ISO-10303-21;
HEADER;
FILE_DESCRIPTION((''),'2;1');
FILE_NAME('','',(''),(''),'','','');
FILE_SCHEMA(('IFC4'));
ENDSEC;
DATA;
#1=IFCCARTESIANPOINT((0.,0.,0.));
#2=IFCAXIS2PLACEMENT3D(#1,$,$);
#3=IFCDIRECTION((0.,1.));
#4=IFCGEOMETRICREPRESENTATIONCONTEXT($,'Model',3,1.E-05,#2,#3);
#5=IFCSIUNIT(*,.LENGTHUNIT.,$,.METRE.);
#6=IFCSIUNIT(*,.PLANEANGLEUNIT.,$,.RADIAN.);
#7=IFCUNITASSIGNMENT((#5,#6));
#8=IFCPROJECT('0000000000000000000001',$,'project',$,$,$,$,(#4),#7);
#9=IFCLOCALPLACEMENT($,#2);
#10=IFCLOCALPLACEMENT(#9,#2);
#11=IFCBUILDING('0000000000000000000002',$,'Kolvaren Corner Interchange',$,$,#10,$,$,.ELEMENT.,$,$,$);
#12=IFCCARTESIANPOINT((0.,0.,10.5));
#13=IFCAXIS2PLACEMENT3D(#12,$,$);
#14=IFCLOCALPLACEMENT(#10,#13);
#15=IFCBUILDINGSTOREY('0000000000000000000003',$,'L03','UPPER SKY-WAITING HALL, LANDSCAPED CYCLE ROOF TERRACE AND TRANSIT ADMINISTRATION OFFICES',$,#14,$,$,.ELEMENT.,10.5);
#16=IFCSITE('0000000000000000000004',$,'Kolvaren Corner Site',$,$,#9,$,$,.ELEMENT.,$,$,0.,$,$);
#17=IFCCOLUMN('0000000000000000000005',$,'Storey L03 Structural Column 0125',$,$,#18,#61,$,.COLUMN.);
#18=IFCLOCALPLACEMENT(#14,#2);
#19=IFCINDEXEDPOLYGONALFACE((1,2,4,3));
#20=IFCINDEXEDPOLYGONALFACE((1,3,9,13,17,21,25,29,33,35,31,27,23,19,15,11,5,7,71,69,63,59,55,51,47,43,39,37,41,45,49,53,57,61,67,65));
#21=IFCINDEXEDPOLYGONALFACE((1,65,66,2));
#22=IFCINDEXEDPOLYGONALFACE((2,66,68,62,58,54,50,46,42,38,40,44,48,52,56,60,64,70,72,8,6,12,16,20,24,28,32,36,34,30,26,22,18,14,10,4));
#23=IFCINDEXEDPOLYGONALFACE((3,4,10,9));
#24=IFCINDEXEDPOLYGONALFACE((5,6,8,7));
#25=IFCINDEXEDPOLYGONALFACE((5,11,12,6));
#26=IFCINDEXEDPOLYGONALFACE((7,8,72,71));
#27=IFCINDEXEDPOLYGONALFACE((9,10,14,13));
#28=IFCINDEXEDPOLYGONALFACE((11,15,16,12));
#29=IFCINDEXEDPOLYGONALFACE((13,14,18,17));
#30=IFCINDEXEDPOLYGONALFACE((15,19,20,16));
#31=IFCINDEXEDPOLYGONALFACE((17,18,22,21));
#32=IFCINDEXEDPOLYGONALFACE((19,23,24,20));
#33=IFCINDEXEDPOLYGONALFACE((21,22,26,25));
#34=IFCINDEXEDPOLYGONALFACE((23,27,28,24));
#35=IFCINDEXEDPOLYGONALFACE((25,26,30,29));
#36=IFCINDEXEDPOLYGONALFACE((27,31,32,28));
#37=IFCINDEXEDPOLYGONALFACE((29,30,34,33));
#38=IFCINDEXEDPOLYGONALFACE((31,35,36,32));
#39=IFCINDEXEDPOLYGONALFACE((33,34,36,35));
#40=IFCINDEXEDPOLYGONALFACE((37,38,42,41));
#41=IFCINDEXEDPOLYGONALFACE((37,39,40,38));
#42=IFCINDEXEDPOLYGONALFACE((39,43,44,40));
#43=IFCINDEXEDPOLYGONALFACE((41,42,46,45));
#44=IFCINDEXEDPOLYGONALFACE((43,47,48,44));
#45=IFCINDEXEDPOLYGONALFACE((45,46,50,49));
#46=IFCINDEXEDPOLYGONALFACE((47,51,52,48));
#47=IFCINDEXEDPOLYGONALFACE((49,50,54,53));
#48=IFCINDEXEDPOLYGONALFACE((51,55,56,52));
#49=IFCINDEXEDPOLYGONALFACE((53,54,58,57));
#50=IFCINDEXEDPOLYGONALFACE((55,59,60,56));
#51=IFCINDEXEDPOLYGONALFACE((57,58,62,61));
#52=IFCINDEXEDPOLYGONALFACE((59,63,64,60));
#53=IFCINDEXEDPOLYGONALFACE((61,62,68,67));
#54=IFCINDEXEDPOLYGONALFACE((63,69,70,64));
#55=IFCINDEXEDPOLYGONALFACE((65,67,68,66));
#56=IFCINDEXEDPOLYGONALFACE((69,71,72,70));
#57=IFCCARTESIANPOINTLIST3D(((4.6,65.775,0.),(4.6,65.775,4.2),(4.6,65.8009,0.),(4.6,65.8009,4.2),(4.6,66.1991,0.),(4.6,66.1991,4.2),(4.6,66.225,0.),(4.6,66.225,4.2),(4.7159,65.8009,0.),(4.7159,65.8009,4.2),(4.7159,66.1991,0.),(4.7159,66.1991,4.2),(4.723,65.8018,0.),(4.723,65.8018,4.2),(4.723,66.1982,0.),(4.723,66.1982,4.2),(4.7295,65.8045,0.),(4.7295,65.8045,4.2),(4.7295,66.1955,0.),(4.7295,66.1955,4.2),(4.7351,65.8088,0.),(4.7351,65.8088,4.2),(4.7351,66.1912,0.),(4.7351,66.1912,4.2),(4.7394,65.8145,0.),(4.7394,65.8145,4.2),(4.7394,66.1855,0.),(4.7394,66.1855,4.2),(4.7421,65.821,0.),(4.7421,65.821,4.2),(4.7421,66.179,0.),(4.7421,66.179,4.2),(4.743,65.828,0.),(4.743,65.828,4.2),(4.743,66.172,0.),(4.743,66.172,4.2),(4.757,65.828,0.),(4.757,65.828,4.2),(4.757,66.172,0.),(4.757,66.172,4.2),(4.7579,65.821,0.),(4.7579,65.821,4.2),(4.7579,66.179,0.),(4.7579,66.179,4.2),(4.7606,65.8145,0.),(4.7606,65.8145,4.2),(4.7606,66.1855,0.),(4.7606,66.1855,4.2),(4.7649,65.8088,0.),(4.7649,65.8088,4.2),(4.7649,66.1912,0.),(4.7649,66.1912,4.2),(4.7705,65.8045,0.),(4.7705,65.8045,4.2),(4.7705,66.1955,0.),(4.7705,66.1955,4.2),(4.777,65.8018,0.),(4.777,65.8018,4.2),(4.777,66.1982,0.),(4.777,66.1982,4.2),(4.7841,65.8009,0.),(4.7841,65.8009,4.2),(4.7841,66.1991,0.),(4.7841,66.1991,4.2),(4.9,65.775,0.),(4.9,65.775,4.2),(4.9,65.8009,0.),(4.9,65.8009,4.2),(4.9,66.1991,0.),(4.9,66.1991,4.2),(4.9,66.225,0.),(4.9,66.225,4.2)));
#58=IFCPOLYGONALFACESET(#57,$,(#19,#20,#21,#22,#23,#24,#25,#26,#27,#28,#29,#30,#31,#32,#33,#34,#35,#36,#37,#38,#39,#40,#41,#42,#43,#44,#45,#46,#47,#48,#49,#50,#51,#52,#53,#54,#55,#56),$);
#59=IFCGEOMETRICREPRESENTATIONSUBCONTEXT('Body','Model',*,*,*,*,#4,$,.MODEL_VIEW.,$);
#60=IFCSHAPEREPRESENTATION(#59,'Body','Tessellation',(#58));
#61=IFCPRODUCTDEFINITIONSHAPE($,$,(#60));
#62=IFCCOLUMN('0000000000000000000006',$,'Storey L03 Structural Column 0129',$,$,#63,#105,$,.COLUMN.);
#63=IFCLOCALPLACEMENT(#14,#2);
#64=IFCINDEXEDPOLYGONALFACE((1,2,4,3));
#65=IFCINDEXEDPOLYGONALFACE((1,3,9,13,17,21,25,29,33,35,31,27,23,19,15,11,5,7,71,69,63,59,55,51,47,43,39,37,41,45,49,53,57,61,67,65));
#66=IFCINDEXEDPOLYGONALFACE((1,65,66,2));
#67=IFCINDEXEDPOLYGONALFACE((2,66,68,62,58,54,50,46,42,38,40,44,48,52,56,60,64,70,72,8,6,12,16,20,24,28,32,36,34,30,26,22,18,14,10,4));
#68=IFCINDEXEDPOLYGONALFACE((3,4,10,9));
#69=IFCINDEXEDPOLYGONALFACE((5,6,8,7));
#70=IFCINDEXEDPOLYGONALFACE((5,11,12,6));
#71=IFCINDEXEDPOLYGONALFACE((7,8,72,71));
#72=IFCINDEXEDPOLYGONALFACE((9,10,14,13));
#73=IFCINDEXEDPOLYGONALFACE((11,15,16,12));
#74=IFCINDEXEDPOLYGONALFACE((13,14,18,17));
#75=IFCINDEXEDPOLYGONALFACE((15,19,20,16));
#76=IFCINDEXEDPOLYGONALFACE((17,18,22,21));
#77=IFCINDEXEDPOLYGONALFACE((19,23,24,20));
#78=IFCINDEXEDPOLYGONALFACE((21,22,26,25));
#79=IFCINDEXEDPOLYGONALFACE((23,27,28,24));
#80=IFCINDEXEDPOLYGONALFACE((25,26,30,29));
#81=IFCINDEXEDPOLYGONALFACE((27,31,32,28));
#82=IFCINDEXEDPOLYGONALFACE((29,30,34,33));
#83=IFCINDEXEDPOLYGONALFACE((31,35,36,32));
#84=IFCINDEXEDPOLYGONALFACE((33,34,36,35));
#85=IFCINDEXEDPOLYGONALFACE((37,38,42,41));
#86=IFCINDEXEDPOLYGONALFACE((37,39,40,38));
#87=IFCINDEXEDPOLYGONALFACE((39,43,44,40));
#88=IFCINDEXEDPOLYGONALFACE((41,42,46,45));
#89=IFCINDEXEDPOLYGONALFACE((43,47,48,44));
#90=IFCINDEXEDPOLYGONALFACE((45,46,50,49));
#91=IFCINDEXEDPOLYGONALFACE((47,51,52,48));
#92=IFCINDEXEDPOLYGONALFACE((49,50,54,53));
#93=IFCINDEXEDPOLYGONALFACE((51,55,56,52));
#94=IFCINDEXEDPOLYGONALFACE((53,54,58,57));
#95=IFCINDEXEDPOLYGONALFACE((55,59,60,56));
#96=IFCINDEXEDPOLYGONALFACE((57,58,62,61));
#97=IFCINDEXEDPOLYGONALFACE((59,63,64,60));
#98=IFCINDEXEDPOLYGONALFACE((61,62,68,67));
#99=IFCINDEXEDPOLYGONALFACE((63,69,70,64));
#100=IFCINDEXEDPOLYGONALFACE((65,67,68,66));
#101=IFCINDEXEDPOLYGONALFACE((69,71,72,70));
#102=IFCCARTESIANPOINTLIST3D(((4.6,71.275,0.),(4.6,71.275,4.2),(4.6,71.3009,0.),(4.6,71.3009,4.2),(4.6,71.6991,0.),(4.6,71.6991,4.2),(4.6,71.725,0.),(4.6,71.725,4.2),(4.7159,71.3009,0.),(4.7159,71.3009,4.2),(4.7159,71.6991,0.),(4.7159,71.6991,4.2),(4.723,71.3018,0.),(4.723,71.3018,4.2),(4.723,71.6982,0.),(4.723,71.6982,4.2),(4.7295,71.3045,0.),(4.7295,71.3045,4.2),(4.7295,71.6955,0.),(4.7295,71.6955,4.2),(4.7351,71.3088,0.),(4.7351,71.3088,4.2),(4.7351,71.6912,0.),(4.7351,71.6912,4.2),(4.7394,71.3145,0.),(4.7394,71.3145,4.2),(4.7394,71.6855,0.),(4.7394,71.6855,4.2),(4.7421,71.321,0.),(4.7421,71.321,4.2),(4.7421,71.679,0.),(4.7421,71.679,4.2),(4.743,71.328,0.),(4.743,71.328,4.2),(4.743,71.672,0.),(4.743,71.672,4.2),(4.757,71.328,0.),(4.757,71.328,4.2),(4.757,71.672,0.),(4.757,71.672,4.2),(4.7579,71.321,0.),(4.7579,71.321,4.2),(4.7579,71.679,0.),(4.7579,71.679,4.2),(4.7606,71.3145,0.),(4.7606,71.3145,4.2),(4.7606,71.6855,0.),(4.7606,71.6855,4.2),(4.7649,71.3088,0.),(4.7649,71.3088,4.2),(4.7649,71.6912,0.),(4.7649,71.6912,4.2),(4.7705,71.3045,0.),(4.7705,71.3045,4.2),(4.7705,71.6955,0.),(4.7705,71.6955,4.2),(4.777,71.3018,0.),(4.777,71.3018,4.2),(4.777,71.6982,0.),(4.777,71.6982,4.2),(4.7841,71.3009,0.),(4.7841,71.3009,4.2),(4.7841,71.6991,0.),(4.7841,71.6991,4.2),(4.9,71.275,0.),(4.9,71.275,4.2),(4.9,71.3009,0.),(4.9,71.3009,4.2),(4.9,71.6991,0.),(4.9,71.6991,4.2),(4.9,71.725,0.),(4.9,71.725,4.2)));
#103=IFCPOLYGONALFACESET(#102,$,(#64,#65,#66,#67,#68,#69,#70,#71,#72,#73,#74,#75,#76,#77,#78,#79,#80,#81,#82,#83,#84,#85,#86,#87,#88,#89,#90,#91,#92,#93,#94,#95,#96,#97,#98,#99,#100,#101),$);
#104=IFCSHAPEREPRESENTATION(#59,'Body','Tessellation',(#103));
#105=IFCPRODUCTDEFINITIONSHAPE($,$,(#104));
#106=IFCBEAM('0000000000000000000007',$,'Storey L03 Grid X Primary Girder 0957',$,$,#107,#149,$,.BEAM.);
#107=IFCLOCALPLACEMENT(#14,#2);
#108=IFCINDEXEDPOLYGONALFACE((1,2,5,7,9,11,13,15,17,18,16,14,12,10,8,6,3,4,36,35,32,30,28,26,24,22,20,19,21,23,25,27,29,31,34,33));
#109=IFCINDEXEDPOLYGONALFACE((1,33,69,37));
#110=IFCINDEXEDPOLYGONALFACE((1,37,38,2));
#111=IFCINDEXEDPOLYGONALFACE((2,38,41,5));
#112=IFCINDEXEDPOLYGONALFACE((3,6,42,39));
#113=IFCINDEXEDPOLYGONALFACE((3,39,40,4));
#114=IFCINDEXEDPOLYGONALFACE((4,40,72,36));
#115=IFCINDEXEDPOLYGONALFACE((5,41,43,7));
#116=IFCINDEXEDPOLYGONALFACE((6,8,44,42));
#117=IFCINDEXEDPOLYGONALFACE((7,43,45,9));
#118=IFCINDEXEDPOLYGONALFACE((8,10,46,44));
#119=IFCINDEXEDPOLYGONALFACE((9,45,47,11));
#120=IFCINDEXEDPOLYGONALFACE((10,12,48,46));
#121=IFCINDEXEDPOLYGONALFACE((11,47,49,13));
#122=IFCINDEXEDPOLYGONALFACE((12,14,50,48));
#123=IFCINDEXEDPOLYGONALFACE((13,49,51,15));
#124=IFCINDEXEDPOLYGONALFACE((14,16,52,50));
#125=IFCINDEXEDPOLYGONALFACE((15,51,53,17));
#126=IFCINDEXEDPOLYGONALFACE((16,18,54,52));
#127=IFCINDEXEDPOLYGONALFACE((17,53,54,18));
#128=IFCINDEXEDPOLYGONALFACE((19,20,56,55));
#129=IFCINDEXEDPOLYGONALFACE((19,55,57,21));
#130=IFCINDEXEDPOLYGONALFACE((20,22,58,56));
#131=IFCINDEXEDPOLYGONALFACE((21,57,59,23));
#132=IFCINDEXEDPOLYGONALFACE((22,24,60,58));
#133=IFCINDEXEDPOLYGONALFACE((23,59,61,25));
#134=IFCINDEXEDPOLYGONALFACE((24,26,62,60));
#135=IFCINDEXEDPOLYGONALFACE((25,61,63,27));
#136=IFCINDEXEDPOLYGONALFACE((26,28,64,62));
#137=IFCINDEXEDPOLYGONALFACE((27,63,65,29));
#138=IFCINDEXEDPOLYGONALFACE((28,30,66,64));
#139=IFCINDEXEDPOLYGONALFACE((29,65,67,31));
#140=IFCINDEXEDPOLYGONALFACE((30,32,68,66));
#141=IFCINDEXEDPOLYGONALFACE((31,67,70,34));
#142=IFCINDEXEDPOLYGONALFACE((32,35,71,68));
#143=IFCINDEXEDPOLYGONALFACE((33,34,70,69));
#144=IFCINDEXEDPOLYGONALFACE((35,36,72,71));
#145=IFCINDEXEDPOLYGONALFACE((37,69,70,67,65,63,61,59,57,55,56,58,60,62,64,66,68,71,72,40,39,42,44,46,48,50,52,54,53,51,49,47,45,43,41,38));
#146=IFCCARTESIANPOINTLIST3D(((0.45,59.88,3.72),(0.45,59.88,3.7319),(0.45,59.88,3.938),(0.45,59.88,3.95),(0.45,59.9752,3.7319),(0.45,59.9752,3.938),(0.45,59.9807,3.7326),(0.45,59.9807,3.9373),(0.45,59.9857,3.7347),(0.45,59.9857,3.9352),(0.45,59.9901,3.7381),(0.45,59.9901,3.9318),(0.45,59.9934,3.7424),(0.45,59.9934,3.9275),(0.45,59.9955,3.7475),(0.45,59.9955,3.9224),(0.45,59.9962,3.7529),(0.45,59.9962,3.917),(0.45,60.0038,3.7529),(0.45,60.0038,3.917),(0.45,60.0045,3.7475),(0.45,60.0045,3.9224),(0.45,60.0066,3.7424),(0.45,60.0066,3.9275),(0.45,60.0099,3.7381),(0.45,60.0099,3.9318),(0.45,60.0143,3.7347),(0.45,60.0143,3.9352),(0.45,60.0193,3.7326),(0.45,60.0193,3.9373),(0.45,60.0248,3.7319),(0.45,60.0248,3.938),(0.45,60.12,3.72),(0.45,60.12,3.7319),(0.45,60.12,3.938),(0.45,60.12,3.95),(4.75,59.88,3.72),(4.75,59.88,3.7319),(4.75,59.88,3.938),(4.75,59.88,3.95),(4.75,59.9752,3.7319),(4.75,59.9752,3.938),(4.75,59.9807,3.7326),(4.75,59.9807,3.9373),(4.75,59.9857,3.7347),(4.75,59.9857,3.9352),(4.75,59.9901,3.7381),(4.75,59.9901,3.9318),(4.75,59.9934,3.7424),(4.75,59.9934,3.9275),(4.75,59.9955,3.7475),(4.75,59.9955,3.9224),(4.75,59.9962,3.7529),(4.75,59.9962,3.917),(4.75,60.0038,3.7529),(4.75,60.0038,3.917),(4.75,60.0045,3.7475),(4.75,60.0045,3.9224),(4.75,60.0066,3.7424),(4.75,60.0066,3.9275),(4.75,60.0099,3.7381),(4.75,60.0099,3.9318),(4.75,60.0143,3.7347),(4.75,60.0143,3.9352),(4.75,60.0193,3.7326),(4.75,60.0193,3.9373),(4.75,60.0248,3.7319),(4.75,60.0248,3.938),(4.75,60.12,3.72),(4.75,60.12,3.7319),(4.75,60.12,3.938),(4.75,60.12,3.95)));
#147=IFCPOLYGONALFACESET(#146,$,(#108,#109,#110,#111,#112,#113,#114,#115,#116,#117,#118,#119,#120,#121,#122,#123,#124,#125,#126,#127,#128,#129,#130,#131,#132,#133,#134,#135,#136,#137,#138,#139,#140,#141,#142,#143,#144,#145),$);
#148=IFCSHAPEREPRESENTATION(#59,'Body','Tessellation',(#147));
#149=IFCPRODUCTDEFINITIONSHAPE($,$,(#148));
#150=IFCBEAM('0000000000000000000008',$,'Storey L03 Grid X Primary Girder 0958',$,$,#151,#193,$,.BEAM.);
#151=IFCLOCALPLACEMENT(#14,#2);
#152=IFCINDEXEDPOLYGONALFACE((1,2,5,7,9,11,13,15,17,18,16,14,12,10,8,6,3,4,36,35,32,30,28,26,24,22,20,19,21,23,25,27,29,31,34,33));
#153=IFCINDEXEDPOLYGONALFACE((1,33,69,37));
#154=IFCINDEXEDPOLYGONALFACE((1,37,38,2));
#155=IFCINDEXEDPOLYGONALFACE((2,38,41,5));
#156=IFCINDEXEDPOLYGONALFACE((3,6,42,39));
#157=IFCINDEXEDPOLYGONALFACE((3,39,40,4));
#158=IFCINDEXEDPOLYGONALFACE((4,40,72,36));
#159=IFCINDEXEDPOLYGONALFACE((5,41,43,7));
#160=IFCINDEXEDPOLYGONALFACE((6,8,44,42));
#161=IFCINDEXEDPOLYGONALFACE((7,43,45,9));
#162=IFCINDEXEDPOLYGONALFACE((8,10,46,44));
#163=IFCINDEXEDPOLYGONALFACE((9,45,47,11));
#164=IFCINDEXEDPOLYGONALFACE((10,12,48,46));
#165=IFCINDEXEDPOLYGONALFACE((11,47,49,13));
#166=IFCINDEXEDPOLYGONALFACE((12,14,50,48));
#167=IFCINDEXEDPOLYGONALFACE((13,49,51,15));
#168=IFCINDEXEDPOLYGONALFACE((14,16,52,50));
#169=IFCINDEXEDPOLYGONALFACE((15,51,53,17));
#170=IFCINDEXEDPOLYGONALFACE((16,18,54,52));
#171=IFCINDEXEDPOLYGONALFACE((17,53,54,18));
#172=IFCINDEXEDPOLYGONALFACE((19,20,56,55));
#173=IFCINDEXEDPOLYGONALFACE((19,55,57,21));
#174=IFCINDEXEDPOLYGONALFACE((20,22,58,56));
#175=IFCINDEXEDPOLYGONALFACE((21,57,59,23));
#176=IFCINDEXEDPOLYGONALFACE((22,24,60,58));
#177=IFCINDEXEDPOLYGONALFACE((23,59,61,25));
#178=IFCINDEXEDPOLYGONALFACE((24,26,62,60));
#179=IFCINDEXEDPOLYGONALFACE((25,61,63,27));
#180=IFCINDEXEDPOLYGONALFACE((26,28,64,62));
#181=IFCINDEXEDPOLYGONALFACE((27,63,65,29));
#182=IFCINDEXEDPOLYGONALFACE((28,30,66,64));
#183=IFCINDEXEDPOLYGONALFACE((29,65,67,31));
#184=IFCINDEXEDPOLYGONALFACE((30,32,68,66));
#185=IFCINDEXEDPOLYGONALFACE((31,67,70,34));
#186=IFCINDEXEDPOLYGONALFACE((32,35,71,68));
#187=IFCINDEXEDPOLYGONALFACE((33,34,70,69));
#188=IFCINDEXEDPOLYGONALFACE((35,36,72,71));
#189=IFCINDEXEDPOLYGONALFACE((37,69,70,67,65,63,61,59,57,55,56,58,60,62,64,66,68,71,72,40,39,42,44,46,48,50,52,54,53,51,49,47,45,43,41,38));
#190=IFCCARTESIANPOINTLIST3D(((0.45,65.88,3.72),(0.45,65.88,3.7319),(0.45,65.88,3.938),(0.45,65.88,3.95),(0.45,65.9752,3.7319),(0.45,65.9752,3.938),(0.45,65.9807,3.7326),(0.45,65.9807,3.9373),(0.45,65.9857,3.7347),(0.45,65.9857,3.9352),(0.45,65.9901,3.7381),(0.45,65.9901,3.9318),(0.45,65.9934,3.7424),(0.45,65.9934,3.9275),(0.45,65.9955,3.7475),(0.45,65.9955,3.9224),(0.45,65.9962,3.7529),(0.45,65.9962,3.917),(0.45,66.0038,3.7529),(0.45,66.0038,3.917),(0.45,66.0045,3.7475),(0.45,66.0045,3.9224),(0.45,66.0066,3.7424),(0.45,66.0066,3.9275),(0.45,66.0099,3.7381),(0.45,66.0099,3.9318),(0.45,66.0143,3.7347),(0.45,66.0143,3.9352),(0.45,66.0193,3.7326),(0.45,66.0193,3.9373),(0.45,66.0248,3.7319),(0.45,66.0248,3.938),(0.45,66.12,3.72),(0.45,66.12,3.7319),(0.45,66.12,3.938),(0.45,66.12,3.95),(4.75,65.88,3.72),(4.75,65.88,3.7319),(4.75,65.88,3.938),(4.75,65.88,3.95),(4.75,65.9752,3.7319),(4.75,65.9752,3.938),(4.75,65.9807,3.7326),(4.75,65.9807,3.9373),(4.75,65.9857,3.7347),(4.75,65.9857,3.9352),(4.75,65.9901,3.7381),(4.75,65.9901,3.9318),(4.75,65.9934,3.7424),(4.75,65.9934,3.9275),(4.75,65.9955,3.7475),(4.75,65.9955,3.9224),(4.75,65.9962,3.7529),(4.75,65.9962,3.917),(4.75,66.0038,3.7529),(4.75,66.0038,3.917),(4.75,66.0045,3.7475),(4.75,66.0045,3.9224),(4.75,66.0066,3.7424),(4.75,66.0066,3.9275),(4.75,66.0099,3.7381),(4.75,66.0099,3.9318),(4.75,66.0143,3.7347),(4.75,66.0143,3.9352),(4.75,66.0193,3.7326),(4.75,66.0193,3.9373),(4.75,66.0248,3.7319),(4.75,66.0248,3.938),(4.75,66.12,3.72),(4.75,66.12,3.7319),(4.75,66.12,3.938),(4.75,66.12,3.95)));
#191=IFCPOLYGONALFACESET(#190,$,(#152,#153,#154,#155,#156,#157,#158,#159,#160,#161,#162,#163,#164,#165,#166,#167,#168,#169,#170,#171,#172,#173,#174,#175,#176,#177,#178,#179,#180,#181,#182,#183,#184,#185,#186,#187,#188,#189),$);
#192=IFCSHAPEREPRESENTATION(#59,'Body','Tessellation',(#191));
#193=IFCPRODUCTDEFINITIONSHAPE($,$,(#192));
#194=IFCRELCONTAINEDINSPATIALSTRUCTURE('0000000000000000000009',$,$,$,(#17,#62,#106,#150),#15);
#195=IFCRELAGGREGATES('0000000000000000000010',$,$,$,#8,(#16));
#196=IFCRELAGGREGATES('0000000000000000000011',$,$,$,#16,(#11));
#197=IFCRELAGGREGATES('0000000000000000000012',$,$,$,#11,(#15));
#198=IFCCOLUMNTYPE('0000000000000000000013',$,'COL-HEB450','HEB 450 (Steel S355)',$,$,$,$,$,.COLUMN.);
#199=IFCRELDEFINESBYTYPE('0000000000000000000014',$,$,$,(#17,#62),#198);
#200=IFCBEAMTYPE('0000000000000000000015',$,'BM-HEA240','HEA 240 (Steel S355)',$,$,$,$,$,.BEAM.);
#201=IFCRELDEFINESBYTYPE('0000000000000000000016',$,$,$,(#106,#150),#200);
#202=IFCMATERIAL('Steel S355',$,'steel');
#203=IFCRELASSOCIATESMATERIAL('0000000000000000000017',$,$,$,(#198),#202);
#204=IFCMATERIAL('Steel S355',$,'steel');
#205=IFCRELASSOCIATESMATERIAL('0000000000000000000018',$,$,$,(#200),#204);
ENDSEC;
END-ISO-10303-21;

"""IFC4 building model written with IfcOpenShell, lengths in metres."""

from ifc_helpers import new_model, si_unit, direction, frame, origin, origin_2d, place, context, subcontext, project, spatial, i_section, extrude, material, material_profile, profile_set, type_object, element, save


model = new_model("IFC4")

# Units and contexts
model_context = context("Model", 3, precision=1e-05, world=origin(), true_north=direction((0.0, 1.0)))
body_context = subcontext(model_context, "Body", "Model", "MODEL_VIEW")
ifc_project = project(units=[si_unit("LENGTHUNIT", "METRE"), si_unit("PLANEANGLEUNIT", "RADIAN")], contexts=[model_context])

# Site, building, storey
site_placement = place(None, origin())
site = spatial("IfcSite", under=ifc_project, at=site_placement, Name="Kolvaren Corner Site", CompositionType="ELEMENT", RefElevation=0.0)
building_placement = place(site_placement, origin())
building = spatial("IfcBuilding", under=site, at=building_placement, Name="Kolvaren Corner Interchange", CompositionType="ELEMENT")
storey_placement = place(building_placement, frame((0.0, 0.0, 10.5)))
storey = spatial("IfcBuildingStorey", under=building, at=storey_placement, Name="L03", Description="UPPER SKY-WAITING HALL, LANDSCAPED CYCLE ROOF TERRACE AND TRANSIT ADMINISTRATION OFFICES", CompositionType="ELEMENT", Elevation=10.5)

# Columns
ifc_material_1 = material(Name="Steel S355", Category="steel")
ifc_material_profile_1 = material_profile(ifc_material_1, i_section(OverallWidth=0.3, OverallDepth=0.45, WebThickness=0.0139, FlangeThickness=0.0259, FilletRadius=0.0271, at=origin_2d()), Name="HEB 450")
ifc_profile_set_1 = profile_set([ifc_material_profile_1], Name="Steel S355")
column_type_1 = type_object("IfcColumnType", Name="COL-HEB450", Description="HEB 450 (Steel S355)", PredefinedType="COLUMN", material=ifc_profile_set_1)
for number, where, z_axis, x_axis, name in (
    (1, (4.75, 66.0, 0.0), (0.0, 0.0, 1.0), (1.0, 0.0, 0.0), "Storey L03 Structural Column 0125"),
    (2, (4.75, 71.5, 0.0), (0.0, 0.0, 1.0), (1.0, 0.0, 0.0), "Storey L03 Structural Column 0129"),
):
    element("IfcColumn", number, at=place(storey_placement, frame(where, z_axis=z_axis, x_axis=x_axis)), inside=storey, type_object=column_type_1, Name=name, PredefinedType="COLUMN", context=body_context, shape_type="SweptSolid", body=[
        extrude(i_section(OverallWidth=0.3, OverallDepth=0.45, WebThickness=0.0139, FlangeThickness=0.0259, FilletRadius=0.0271, at=origin_2d()), origin(), (0.0, 0.0, 1.0), 4.2),
    ])

# Beams
ifc_material_2 = material(Name="Steel S355", Category="steel")
ifc_material_profile_2 = material_profile(ifc_material_2, i_section(OverallWidth=0.24, OverallDepth=0.23, WebThickness=0.0076, FlangeThickness=0.012, FilletRadius=0.021, at=origin_2d()), Name="HEA 240")
ifc_profile_set_2 = profile_set([ifc_material_profile_2], Name="Steel S355")
beam_type_1 = type_object("IfcBeamType", Name="BM-HEA240", Description="HEA 240 (Steel S355)", PredefinedType="BEAM", material=ifc_profile_set_2)
for number, where, z_axis, x_axis, name in (
    (3, (0.45, 60.0, 3.835), (1.0, 0.0, 0.0), (0.0, 1.0, 0.0), "Storey L03 Grid X Primary Girder 0957"),
    (4, (0.45, 66.0, 3.835), (1.0, 0.0, 0.0), (0.0, 1.0, 0.0), "Storey L03 Grid X Primary Girder 0958"),
):
    element("IfcBeam", number, at=place(storey_placement, frame(where, z_axis=z_axis, x_axis=x_axis)), inside=storey, type_object=beam_type_1, Name=name, PredefinedType="BEAM", context=body_context, shape_type="SweptSolid", body=[
        extrude(i_section(OverallWidth=0.24, OverallDepth=0.23, WebThickness=0.0076, FlangeThickness=0.012, FilletRadius=0.021, at=origin_2d()), origin(), (0.0, 0.0, 1.0), 4.3),
    ])

save(model, "model.ifc")
